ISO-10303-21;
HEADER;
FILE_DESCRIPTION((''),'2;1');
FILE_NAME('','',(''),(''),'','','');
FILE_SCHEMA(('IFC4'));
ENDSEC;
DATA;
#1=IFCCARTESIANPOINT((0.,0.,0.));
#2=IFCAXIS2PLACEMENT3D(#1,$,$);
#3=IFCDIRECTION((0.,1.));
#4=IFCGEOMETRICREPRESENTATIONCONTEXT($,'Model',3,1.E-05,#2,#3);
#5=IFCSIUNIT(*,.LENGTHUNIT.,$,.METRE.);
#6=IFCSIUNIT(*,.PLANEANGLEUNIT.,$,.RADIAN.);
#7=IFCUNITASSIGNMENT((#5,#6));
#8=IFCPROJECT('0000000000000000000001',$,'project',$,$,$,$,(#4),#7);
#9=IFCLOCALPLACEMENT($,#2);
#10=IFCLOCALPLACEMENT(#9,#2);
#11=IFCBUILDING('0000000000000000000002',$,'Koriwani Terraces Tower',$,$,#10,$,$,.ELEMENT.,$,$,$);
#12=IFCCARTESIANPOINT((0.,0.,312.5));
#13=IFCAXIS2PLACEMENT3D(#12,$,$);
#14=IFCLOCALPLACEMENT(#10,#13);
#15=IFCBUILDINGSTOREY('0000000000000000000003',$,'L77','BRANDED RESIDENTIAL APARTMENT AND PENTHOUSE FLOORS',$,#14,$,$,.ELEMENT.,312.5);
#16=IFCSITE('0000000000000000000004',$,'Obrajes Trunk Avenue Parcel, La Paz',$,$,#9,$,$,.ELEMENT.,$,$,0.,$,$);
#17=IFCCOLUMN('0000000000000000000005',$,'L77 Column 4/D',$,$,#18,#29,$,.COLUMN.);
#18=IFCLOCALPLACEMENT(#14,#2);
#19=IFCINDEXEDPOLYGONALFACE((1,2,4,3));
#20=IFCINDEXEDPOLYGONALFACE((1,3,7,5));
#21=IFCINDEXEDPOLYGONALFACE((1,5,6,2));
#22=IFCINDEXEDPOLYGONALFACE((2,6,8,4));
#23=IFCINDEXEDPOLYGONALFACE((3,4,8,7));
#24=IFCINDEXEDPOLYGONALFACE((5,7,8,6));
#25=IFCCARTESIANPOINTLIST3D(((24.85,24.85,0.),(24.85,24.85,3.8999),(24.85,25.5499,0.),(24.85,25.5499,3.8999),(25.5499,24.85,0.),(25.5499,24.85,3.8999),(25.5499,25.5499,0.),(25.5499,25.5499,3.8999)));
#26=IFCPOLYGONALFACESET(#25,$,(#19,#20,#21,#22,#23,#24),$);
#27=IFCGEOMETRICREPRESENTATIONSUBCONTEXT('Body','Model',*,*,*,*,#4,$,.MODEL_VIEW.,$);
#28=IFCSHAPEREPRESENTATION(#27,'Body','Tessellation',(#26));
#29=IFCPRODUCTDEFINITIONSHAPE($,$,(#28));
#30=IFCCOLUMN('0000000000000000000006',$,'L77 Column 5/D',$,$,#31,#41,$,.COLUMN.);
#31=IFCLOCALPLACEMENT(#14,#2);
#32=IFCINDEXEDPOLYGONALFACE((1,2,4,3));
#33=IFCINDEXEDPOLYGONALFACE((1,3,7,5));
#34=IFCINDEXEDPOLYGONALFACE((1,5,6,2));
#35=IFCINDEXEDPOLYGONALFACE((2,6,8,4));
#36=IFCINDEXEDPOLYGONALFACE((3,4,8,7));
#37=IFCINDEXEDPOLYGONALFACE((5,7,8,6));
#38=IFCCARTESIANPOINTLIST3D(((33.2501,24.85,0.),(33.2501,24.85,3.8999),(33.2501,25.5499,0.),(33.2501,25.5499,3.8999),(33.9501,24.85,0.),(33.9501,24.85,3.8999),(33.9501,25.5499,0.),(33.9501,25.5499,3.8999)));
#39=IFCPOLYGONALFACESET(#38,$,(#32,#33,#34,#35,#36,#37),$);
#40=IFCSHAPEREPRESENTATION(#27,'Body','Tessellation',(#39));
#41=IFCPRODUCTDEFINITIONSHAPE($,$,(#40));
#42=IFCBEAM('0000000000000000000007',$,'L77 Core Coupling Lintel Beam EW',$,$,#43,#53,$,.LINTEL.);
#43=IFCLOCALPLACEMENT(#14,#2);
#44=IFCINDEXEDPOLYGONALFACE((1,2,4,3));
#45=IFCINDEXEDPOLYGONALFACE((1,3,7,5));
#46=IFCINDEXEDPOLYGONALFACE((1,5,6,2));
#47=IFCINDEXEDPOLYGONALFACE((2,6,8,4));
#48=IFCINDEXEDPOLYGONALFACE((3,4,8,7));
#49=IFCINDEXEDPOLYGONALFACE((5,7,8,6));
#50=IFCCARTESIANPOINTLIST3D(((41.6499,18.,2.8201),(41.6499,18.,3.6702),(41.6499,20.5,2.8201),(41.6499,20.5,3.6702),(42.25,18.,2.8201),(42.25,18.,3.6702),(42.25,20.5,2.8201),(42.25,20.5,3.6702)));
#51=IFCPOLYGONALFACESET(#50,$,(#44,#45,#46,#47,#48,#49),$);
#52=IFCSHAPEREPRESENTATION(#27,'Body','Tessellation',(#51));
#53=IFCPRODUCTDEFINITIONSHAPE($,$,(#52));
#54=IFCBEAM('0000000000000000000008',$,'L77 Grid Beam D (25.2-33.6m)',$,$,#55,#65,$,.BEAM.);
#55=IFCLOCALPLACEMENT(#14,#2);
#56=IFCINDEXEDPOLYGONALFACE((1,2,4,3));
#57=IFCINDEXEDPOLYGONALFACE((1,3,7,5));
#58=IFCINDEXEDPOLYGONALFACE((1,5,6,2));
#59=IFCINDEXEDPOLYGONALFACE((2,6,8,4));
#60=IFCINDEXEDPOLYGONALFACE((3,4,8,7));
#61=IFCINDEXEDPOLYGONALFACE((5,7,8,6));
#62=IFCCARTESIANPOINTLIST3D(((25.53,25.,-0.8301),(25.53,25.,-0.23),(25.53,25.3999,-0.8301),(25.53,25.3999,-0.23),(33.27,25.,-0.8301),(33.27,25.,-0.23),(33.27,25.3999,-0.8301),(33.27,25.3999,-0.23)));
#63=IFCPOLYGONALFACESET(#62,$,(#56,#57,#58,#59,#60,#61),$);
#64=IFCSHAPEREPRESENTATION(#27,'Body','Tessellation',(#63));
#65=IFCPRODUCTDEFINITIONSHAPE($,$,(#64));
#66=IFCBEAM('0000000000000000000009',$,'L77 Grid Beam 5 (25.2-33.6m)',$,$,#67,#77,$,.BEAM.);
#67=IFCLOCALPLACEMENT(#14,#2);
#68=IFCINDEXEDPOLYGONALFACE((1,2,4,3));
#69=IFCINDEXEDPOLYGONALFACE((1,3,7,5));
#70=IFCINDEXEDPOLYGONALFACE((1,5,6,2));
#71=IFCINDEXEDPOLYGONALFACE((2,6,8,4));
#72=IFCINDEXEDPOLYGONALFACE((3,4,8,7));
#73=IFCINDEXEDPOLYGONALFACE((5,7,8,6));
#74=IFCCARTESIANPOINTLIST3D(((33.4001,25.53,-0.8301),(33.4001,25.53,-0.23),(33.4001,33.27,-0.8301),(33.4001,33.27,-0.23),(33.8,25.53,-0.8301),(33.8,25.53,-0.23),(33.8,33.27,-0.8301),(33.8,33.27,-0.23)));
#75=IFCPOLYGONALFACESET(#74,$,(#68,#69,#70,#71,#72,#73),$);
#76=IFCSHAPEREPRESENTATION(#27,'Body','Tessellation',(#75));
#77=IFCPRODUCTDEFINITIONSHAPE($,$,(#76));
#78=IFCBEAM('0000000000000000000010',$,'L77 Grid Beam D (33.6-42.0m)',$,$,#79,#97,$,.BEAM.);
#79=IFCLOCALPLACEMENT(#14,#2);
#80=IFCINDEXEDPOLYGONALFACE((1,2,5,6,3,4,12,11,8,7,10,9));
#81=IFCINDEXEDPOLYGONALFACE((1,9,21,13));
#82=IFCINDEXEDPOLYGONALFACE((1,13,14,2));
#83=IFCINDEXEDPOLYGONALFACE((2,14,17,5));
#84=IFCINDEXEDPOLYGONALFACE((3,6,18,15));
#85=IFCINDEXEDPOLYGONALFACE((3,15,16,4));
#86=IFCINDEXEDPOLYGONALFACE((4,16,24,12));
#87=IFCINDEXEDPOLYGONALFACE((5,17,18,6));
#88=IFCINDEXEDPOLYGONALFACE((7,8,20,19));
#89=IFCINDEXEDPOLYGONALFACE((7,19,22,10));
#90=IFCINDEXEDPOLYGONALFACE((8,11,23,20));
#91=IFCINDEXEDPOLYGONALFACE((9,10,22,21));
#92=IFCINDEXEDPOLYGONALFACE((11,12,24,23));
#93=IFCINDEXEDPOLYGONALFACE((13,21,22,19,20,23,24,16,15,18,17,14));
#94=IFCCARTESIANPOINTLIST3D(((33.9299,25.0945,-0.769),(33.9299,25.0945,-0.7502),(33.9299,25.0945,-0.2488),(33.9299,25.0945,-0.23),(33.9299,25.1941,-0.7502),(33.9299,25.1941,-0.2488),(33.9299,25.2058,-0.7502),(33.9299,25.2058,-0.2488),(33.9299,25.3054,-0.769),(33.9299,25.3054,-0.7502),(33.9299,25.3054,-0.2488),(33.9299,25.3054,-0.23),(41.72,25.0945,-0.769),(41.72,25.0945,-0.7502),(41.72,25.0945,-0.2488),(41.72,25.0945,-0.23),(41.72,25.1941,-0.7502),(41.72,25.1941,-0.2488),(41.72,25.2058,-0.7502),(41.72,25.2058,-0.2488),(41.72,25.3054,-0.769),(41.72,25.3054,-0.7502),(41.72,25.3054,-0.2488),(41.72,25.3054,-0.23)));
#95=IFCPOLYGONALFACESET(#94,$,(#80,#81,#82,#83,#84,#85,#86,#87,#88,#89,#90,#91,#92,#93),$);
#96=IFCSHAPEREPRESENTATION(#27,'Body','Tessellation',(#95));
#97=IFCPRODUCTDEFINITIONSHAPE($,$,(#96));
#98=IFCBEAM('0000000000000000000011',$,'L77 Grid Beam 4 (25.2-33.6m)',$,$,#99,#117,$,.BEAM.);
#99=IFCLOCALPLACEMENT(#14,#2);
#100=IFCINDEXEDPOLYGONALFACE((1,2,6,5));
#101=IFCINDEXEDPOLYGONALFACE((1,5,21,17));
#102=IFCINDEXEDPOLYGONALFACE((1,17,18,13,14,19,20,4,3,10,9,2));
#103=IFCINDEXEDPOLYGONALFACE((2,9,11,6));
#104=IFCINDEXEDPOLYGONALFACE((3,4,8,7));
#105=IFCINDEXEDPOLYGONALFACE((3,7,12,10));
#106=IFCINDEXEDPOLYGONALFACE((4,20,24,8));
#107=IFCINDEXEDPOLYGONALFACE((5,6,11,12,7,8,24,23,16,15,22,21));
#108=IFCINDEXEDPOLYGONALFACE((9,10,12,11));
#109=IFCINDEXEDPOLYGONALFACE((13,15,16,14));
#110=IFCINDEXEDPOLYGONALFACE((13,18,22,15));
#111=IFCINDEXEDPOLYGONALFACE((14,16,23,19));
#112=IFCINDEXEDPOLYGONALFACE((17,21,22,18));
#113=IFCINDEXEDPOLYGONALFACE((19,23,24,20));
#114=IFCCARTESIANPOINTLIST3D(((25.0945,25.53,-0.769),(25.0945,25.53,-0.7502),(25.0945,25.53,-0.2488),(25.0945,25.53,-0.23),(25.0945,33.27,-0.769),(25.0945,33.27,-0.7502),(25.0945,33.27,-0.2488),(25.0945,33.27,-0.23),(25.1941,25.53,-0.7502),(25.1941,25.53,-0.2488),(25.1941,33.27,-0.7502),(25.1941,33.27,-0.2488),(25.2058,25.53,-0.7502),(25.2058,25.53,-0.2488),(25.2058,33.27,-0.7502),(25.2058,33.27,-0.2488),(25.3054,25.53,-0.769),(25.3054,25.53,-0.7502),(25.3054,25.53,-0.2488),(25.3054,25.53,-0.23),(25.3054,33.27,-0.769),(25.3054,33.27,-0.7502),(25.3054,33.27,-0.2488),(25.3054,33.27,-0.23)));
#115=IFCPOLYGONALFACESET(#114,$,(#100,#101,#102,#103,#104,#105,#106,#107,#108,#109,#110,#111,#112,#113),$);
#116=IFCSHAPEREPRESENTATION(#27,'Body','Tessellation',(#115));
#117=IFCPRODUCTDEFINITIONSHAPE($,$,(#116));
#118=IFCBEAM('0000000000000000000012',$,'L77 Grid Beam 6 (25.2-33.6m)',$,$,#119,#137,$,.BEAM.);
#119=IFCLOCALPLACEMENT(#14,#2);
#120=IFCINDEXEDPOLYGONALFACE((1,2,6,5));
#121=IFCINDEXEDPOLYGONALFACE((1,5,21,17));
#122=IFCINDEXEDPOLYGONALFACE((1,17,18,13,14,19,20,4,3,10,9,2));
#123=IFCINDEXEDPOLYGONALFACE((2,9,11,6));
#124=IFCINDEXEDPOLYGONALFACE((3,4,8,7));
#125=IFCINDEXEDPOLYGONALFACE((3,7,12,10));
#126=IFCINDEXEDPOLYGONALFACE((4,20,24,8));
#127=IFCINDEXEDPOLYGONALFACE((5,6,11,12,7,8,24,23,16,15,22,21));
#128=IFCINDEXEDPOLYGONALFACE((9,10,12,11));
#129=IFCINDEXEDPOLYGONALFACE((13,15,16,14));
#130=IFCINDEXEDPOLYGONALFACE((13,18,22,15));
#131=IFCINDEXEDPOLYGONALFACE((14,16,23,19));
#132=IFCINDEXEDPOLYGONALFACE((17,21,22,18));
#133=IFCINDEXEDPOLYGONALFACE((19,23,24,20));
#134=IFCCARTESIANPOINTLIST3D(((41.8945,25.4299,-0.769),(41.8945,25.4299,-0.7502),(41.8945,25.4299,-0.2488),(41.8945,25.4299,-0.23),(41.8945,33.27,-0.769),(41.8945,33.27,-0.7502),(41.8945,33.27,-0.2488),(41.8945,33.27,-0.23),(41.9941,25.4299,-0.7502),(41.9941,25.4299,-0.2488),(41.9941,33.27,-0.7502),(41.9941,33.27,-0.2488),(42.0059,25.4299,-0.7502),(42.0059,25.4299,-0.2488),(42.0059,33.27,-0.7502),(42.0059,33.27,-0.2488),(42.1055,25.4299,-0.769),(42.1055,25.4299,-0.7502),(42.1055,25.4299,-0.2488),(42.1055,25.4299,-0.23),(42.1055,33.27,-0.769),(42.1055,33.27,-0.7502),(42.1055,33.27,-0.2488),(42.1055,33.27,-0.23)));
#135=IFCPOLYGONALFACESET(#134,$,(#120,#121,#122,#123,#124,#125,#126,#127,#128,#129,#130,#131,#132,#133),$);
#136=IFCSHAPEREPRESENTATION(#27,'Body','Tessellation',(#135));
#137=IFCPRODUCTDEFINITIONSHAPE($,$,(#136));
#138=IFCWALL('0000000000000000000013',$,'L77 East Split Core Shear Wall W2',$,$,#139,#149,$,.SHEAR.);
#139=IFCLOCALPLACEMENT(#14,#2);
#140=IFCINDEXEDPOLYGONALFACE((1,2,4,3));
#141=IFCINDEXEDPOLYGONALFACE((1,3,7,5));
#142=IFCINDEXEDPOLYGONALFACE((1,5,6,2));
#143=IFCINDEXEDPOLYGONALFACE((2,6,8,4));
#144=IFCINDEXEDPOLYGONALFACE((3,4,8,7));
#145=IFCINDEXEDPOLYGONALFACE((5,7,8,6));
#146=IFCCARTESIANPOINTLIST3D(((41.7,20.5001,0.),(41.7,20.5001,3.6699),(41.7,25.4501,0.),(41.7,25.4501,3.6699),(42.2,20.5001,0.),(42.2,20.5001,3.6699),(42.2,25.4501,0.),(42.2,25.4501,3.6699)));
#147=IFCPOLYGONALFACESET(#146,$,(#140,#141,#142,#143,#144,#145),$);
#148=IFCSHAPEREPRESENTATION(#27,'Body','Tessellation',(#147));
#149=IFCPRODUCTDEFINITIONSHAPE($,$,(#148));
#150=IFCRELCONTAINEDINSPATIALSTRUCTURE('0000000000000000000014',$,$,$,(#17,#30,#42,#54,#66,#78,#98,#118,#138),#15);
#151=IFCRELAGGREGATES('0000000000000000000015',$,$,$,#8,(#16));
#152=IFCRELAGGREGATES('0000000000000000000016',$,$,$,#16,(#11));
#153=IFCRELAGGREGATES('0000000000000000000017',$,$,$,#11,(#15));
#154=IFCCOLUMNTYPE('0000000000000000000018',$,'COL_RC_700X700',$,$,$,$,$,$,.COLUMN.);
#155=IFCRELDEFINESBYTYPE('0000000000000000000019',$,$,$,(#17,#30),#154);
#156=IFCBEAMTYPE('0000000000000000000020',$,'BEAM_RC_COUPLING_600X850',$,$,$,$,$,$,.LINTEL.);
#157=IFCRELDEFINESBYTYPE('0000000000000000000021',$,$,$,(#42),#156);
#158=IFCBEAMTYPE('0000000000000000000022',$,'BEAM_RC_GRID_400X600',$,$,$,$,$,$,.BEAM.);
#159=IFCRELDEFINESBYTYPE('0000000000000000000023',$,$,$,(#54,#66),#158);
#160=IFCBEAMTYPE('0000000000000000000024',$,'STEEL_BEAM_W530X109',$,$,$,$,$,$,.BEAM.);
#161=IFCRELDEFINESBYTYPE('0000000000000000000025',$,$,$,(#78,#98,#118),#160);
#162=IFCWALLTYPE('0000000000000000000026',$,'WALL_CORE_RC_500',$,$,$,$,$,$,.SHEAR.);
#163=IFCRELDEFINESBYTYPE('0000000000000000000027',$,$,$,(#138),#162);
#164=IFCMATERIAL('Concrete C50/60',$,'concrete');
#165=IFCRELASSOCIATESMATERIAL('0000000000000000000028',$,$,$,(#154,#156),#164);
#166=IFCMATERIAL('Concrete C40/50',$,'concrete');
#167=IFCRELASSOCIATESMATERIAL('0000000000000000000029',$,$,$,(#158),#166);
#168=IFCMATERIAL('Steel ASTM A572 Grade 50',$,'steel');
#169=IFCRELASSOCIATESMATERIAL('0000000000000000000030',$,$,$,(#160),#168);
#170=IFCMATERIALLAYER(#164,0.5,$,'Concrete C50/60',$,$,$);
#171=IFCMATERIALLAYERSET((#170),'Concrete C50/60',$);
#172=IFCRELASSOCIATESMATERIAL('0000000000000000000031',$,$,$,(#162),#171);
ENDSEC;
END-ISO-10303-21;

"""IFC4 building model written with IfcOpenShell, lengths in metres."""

from ifc_helpers import new_model, si_unit, direction, frame, frame_2d, origin, origin_2d, place, context, subcontext, project, spatial, rectangle, i_section, extrude, material, layer, layer_set, material_profile, profile_set, type_object, element, save


model = new_model("IFC4")

# Units and contexts
model_context = context("Model", 3, precision=1e-05, world=origin(), true_north=direction((0.0, 1.0)))
body_context = subcontext(model_context, "Body", "Model", "MODEL_VIEW")
ifc_project = project(units=[si_unit("LENGTHUNIT", "METRE"), si_unit("PLANEANGLEUNIT", "RADIAN")], contexts=[model_context])

# Site, building, storey
site_placement = place(None, origin())
site = spatial("IfcSite", under=ifc_project, at=site_placement, Name="Obrajes Trunk Avenue Parcel, La Paz", CompositionType="ELEMENT", RefElevation=0.0)
building_placement = place(site_placement, origin())
building = spatial("IfcBuilding", under=site, at=building_placement, Name="Koriwani Terraces Tower", CompositionType="ELEMENT")
storey_placement = place(building_placement, frame((0.0, 0.0, 312.5)))
storey = spatial("IfcBuildingStorey", under=building, at=storey_placement, Name="L77", Description="BRANDED RESIDENTIAL APARTMENT AND PENTHOUSE FLOORS", CompositionType="ELEMENT", Elevation=312.5)

# Columns
ifc_material_1 = material(Name="Concrete C50/60", Category="concrete")
ifc_material_profile_1 = material_profile(ifc_material_1, rectangle(XDim=0.7, YDim=0.7, at=origin_2d()), Name="Concrete C50/60", Category="LoadBearing")
ifc_profile_set_1 = profile_set([ifc_material_profile_1], Name="Concrete C50/60")
column_type = type_object("IfcColumnType", Name="COL_RC_700X700", PredefinedType="COLUMN", material=ifc_profile_set_1)
for number, where, z_axis, x_axis, name in (
    (1, (25.2, 25.2, 0.0), (0.0, 0.0, 1.0), (1.0, 0.0, 0.0), "L77 Column 4/D"),
    (2, (33.6001, 25.2, 0.0), (0.0, 0.0, 1.0), (1.0, 0.0, 0.0), "L77 Column 5/D"),
):
    element("IfcColumn", number, at=place(storey_placement, frame(where, z_axis=z_axis, x_axis=x_axis)), inside=storey, type_object=column_type, Name=name, PredefinedType="COLUMN", context=body_context, shape_type="SweptSolid", body=[
        extrude(rectangle(XDim=0.7, YDim=0.7, at=origin_2d()), origin(), (0.0, 0.0, 1.0), 3.8999),
    ])

# Beams
ifc_material_profile_2 = material_profile(ifc_material_1, rectangle(XDim=0.6001, YDim=0.8501, at=origin_2d()), Name="Concrete C50/60", Category="LoadBearing")
ifc_profile_set_2 = profile_set([ifc_material_profile_2], Name="Concrete C50/60")
beam_type_1 = type_object("IfcBeamType", Name="BEAM_RC_COUPLING_600X850", PredefinedType="LINTEL", material=ifc_profile_set_2)
beam_1_placement = place(storey_placement, frame((41.95, 18.0, 3.2451), z_axis=(0.0, 1.0, 0.0), x_axis=(-1.0, 0.0, 0.0)))
element("IfcBeam", 3, at=beam_1_placement, inside=storey, type_object=beam_type_1, Name="L77 Core Coupling Lintel Beam EW", PredefinedType="LINTEL", context=body_context, shape_type="SweptSolid", body=[
    extrude(rectangle(XDim=0.6001, YDim=0.8501, at=origin_2d()), origin(), (0.0, 0.0, 1.0), 2.5),
])
ifc_material_2 = material(Name="Concrete C40/50", Category="concrete")
ifc_material_profile_3 = material_profile(ifc_material_2, rectangle(XDim=0.3999, YDim=0.6001, at=origin_2d()), Name="Concrete C40/50", Category="LoadBearing")
ifc_profile_set_3 = profile_set([ifc_material_profile_3], Name="Concrete C40/50")
beam_type_2 = type_object("IfcBeamType", Name="BEAM_RC_GRID_400X600", PredefinedType="BEAM", material=ifc_profile_set_3)
for number, where, z_axis, x_axis, name in (
    (4, (25.53, 25.2, -0.53), (1.0, 0.0, 0.0), (0.0, 1.0, 0.0), "L77 Grid Beam D (25.2-33.6m)"),
    (5, (33.6001, 25.53, -0.53), (0.0, 1.0, 0.0), (-1.0, 0.0, 0.0), "L77 Grid Beam 5 (25.2-33.6m)"),
):
    element("IfcBeam", number, at=place(storey_placement, frame(where, z_axis=z_axis, x_axis=x_axis)), inside=storey, type_object=beam_type_2, Name=name, PredefinedType="BEAM", context=body_context, shape_type="SweptSolid", body=[
        extrude(rectangle(XDim=0.3999, YDim=0.6001, at=origin_2d()), origin(), (0.0, 0.0, 1.0), 7.74),
    ])
ifc_material_3 = material(Name="Steel ASTM A572 Grade 50", Category="steel")
ifc_material_profile_4 = material_profile(ifc_material_3, i_section(OverallWidth=0.2109, OverallDepth=0.5391, WebThickness=0.0117, FlangeThickness=0.0188, at=origin_2d()), Name="Steel ASTM A572 Grade 50", Category="LoadBearing")
ifc_profile_set_4 = profile_set([ifc_material_profile_4], Name="Steel ASTM A572 Grade 50")
beam_type_3 = type_object("IfcBeamType", Name="STEEL_BEAM_W530X109", PredefinedType="BEAM", material=ifc_profile_set_4)
beam_2_placement = place(storey_placement, frame((33.9299, 25.2, -0.4995), z_axis=(1.0, 0.0, 0.0), x_axis=(0.0, 1.0, 0.0)))
element("IfcBeam", 6, at=beam_2_placement, inside=storey, type_object=beam_type_3, Name="L77 Grid Beam D (33.6-42.0m)", PredefinedType="BEAM", context=body_context, shape_type="SweptSolid", body=[
    extrude(i_section(OverallWidth=0.2109, OverallDepth=0.5391, WebThickness=0.0117, FlangeThickness=0.0188, at=origin_2d()), origin(), (0.0, 0.0, 1.0), 7.79),
])
beam_3_placement = place(storey_placement, frame((25.2, 25.53, -0.4995), z_axis=(0.0, 1.0, 0.0), x_axis=(-1.0, 0.0, 0.0)))
element("IfcBeam", 7, at=beam_3_placement, inside=storey, type_object=beam_type_3, Name="L77 Grid Beam 4 (25.2-33.6m)", PredefinedType="BEAM", context=body_context, shape_type="SweptSolid", body=[
    extrude(i_section(OverallWidth=0.2109, OverallDepth=0.5391, WebThickness=0.0117, FlangeThickness=0.0188, at=origin_2d()), origin(), (0.0, 0.0, 1.0), 7.74),
])
beam_4_placement = place(storey_placement, frame((42.0, 25.4299, -0.4995), z_axis=(0.0, 1.0, 0.0), x_axis=(-1.0, 0.0, 0.0)))
element("IfcBeam", 8, at=beam_4_placement, inside=storey, type_object=beam_type_3, Name="L77 Grid Beam 6 (25.2-33.6m)", PredefinedType="BEAM", context=body_context, shape_type="SweptSolid", body=[
    extrude(i_section(OverallWidth=0.2109, OverallDepth=0.5391, WebThickness=0.0117, FlangeThickness=0.0188, at=origin_2d()), origin(), (0.0, 0.0, 1.0), 7.8401),
])

# Wall
ifc_layer_1 = layer(ifc_material_1, 0.5, Name="Concrete C50/60")
ifc_layer_set_1 = layer_set([ifc_layer_1], Name="Concrete C50/60")
wall_type_1 = type_object("IfcWallType", Name="WALL_CORE_RC_500", PredefinedType="SHEAR", material=ifc_layer_set_1)
wall_1_placement = place(storey_placement, frame((41.95, 20.5, 0.0), z_axis=(0.0, 0.0, 1.0), x_axis=(0.0, 1.0, 0.0)))
element("IfcWall", 9, at=wall_1_placement, inside=storey, type_object=wall_type_1, Name="L77 East Split Core Shear Wall W2", PredefinedType="SHEAR", context=body_context, shape_type="SweptSolid", body=[
    extrude(rectangle(XDim=4.95, YDim=0.5, at=frame_2d((2.4751, 0.0))), origin(), (0.0, 0.0, 1.0), 3.6699),
])

save(model, "model.ifc")
